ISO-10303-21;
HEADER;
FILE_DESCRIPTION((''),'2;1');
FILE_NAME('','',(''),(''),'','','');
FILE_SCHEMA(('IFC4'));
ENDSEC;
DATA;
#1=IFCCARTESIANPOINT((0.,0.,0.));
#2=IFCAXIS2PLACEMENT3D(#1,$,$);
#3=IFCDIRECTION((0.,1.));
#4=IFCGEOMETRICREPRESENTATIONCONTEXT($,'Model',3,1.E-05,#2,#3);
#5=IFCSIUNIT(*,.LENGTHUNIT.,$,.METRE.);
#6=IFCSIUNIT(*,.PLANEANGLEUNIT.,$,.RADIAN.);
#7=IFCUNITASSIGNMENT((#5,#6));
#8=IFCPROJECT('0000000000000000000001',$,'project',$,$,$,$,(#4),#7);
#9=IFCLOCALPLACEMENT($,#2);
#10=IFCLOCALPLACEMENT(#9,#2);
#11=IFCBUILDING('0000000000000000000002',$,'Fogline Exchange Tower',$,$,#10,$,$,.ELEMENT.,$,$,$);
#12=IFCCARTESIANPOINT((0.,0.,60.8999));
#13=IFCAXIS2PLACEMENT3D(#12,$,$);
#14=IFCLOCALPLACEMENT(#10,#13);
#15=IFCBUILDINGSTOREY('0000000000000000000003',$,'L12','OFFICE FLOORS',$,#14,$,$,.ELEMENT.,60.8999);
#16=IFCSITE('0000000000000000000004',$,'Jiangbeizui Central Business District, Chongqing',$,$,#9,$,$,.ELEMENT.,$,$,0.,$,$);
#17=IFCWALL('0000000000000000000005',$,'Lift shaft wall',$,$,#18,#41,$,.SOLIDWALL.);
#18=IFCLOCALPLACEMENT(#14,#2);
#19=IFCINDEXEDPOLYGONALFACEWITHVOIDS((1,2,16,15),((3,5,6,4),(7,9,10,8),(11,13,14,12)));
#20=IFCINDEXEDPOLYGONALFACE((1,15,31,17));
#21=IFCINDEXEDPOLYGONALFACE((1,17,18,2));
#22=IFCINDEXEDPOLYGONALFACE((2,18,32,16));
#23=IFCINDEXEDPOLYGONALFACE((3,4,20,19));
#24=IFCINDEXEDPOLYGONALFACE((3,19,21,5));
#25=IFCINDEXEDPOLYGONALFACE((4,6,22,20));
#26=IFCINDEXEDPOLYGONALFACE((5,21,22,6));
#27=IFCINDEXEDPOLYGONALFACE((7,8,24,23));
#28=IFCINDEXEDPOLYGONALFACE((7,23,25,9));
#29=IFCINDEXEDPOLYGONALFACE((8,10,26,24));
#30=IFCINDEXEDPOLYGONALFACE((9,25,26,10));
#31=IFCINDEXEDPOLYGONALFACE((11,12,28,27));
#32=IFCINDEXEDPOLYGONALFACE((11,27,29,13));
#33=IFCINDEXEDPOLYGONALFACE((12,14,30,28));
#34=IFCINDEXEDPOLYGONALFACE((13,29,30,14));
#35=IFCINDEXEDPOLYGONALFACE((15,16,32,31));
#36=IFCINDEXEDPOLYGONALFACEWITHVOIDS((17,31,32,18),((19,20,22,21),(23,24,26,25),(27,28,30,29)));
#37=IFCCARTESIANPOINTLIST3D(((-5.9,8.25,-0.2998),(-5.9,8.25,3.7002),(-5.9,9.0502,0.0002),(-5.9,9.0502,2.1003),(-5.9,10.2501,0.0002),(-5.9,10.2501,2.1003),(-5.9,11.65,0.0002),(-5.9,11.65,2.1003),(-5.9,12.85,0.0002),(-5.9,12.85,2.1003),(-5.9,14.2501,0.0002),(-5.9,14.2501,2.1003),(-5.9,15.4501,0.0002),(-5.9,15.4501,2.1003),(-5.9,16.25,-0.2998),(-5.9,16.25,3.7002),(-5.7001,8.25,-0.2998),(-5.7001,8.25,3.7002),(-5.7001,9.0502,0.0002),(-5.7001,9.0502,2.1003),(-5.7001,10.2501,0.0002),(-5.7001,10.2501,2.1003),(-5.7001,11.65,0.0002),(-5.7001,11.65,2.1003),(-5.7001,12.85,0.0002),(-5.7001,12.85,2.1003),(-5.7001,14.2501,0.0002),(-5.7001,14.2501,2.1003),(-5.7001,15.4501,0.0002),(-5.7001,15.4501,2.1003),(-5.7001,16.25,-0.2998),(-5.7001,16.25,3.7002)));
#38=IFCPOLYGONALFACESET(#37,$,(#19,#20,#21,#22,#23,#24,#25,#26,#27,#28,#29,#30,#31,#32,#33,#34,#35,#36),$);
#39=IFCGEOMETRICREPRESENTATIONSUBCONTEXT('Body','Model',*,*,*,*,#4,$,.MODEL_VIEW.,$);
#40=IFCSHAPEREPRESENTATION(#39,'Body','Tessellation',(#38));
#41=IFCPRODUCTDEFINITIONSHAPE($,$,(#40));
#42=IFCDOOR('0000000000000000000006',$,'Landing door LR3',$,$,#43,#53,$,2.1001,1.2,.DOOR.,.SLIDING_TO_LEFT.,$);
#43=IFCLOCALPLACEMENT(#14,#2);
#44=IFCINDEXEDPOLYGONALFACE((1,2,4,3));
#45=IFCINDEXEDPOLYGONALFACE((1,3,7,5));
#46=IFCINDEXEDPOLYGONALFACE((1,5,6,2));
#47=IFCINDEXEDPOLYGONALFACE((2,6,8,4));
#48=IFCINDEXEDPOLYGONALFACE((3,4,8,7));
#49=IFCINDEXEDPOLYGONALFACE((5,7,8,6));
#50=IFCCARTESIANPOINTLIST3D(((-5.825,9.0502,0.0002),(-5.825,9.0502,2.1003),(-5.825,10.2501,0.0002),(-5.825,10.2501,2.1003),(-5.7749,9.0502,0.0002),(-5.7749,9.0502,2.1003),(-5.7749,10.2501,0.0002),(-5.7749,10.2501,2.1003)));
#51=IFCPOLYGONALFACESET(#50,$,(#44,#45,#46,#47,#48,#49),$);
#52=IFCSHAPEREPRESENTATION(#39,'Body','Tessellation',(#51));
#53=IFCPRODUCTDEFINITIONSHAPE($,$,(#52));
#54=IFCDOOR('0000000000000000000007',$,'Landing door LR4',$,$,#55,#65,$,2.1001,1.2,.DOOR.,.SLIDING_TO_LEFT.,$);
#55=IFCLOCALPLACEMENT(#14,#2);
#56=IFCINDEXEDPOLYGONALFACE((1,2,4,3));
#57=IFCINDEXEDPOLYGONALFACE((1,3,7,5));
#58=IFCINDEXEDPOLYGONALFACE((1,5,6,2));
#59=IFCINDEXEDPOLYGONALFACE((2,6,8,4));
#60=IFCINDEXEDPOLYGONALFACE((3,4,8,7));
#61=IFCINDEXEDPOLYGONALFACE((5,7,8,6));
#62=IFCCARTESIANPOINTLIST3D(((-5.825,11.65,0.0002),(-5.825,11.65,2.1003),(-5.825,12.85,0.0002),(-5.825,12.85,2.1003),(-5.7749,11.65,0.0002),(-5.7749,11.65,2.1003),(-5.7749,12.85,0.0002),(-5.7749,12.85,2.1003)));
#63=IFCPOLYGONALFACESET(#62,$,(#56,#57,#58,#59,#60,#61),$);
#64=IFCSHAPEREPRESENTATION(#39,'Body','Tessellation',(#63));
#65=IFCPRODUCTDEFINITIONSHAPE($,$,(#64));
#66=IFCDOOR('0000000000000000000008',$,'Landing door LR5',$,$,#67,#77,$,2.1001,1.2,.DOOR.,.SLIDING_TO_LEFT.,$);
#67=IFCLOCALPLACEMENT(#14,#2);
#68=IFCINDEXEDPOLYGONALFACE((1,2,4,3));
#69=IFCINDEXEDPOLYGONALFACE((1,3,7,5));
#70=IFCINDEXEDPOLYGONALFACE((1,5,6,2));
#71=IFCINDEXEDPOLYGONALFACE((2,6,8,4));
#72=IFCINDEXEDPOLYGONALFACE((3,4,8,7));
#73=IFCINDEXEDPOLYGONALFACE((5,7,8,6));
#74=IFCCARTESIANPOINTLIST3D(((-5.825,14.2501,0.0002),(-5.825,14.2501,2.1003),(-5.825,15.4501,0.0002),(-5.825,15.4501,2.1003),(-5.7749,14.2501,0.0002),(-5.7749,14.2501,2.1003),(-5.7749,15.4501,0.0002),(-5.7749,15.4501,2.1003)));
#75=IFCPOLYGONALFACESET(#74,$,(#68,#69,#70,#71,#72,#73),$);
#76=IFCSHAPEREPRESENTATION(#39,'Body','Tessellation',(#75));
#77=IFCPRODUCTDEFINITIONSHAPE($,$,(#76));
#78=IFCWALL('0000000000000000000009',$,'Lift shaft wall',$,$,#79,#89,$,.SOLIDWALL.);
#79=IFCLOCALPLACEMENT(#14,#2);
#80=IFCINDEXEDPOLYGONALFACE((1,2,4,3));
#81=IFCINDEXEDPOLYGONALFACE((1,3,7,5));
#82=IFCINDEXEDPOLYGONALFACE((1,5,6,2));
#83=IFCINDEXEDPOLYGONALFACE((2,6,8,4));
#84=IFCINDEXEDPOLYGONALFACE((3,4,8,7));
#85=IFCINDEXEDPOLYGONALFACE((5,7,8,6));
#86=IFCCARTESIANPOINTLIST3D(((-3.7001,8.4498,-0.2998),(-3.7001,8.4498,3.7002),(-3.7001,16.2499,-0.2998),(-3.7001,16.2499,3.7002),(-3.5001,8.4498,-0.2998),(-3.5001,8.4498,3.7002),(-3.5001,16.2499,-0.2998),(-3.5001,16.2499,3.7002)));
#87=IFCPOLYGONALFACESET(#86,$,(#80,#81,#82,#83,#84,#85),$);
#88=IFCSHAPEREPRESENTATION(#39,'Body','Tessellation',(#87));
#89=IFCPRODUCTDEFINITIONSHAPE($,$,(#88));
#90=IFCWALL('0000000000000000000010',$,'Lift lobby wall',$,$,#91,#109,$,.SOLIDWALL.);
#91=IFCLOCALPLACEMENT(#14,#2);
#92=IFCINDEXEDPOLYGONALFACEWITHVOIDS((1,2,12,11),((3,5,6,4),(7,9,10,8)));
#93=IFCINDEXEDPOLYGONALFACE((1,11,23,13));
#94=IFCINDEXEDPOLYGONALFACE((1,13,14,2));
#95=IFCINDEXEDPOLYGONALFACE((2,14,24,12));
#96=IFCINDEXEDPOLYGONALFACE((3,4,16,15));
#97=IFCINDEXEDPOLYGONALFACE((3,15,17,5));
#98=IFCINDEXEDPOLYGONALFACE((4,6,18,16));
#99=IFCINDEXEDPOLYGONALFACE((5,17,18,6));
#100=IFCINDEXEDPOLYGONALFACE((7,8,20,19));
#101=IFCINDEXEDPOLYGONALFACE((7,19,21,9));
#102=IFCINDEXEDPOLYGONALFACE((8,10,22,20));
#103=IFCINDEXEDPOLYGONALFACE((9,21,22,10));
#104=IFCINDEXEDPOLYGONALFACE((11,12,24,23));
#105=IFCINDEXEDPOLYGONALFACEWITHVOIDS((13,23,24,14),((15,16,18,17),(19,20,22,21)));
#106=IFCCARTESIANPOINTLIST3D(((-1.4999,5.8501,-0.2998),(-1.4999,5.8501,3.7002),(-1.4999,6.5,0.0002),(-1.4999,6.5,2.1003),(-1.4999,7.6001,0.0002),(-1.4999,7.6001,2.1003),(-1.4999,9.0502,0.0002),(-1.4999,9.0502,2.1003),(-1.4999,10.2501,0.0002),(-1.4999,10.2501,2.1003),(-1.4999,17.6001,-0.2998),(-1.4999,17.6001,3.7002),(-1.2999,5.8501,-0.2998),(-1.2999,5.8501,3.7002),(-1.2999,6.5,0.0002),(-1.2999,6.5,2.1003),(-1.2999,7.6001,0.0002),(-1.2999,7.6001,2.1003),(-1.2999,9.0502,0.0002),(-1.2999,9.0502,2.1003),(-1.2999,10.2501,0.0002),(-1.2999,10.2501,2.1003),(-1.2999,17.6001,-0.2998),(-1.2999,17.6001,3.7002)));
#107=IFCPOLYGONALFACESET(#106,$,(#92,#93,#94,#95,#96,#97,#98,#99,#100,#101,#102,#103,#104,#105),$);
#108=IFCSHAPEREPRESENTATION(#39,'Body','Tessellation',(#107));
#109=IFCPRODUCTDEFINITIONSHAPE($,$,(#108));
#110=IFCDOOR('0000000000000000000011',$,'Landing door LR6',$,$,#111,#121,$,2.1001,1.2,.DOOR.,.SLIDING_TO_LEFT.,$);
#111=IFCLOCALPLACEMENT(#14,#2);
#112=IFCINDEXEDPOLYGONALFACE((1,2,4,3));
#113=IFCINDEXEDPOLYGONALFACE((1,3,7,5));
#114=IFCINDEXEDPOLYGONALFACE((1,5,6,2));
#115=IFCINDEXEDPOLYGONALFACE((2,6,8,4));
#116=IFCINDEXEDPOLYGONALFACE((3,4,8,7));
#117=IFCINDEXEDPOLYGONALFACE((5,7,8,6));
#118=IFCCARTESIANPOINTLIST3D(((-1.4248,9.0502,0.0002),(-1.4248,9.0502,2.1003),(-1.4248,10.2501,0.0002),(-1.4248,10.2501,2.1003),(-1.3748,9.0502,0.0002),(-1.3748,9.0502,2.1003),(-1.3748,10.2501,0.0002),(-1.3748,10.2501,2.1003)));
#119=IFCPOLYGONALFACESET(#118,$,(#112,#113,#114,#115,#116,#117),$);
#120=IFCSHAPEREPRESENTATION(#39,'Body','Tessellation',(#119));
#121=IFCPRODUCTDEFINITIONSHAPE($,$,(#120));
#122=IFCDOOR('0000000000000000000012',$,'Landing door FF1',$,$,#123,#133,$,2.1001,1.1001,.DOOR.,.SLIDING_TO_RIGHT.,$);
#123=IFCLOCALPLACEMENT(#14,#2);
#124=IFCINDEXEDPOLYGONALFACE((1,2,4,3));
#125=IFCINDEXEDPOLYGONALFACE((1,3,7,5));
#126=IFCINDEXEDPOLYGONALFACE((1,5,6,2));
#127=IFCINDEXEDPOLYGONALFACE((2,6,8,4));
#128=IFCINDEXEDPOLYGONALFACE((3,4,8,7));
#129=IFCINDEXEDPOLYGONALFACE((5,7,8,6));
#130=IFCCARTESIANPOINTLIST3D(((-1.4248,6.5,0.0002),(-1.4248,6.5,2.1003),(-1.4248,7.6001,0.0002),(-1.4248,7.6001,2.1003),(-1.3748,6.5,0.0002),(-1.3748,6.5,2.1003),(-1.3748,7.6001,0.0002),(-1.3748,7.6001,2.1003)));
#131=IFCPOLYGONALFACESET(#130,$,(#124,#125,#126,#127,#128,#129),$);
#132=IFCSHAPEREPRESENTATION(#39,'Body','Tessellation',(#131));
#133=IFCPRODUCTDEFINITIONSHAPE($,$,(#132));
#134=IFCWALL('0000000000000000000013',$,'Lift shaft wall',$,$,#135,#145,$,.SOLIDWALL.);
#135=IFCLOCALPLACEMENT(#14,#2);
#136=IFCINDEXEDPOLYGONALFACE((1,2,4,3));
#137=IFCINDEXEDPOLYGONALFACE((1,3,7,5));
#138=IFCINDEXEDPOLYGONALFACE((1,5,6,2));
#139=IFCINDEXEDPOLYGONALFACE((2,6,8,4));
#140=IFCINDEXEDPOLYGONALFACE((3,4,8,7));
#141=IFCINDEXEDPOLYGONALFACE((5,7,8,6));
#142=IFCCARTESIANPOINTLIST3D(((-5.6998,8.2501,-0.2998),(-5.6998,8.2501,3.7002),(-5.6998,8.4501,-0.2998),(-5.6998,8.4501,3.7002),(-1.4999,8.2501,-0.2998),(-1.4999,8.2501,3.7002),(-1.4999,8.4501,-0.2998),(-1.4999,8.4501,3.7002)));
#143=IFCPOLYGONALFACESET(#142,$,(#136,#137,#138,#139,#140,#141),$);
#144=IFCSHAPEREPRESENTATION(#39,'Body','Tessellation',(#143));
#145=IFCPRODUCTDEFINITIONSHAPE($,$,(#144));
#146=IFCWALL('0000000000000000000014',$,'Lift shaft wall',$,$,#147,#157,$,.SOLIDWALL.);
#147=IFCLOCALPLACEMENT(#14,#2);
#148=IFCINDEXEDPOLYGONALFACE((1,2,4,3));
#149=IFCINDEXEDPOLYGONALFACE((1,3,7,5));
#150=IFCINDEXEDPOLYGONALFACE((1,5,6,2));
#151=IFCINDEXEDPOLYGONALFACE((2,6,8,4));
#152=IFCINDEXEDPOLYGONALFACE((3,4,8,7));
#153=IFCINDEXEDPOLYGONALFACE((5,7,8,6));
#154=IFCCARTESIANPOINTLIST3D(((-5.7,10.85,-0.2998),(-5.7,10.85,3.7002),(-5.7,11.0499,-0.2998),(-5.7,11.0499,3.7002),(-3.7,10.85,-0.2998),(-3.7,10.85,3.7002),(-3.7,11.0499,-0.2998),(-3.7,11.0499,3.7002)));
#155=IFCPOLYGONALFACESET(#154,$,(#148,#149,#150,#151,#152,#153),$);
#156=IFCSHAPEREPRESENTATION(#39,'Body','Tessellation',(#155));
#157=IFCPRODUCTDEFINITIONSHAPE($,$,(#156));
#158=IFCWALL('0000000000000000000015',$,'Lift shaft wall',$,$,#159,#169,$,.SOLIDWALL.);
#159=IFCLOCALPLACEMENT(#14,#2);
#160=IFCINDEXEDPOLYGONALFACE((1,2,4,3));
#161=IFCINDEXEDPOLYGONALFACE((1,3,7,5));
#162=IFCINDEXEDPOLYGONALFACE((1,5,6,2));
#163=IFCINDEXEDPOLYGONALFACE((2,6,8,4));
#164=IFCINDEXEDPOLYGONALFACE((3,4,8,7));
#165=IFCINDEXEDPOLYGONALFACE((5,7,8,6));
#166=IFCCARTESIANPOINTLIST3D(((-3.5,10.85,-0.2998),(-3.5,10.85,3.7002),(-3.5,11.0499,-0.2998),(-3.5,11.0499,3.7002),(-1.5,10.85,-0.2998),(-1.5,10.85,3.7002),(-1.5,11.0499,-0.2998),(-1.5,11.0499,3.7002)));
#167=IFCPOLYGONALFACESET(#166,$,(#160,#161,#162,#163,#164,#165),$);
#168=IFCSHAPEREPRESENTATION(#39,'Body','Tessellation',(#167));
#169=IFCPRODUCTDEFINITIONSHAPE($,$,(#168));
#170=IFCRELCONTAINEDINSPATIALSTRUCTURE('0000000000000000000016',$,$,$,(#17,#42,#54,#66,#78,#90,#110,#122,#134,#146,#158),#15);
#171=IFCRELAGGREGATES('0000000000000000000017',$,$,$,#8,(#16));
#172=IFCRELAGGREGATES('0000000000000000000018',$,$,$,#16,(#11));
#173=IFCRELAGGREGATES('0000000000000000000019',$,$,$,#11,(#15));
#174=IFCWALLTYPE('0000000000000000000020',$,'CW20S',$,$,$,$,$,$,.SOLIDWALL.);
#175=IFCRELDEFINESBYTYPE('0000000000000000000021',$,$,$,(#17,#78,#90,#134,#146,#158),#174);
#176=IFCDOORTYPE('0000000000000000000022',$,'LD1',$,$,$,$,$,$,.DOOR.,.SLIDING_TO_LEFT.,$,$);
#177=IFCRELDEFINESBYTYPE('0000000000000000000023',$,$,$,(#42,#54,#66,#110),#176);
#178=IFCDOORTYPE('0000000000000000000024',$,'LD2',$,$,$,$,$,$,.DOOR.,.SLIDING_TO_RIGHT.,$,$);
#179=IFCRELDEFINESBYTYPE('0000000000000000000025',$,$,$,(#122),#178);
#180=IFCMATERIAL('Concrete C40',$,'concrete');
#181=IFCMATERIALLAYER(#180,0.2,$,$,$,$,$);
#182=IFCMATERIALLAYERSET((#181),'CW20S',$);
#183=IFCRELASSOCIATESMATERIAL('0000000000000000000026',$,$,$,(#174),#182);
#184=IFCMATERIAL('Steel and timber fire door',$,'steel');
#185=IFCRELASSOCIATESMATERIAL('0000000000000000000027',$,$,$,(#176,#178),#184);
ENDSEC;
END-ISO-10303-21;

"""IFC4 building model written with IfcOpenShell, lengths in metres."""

from ifc_helpers import new_model, si_unit, direction, frame, frame_2d, origin, place, context, subcontext, project, spatial, rectangle, extrude, material, layer, layer_set, type_object, element, fill, save


model = new_model("IFC4")

# Units and contexts
model_context = context("Model", 3, precision=1e-05, world=origin(), true_north=direction((0.0, 1.0)))
body_context = subcontext(model_context, "Body", "Model", "MODEL_VIEW")
ifc_project = project(units=[si_unit("LENGTHUNIT", "METRE"), si_unit("PLANEANGLEUNIT", "RADIAN")], contexts=[model_context])

# Site, building, storey
site_placement = place(None, origin())
site = spatial("IfcSite", under=ifc_project, at=site_placement, Name="Jiangbeizui Central Business District, Chongqing", CompositionType="ELEMENT", RefElevation=0.0)
building_placement = place(site_placement, origin())
building = spatial("IfcBuilding", under=site, at=building_placement, Name="Fogline Exchange Tower", CompositionType="ELEMENT")
storey_placement = place(building_placement, frame((0.0, 0.0, 60.8999)))
storey = spatial("IfcBuildingStorey", under=building, at=storey_placement, Name="L12", Description="OFFICE FLOORS", CompositionType="ELEMENT", Elevation=60.8999)

# Shared definitions
ifc_material_1 = material(Name="Steel and timber fire door", Category="steel")

# Shared definitions
ifc_material_2 = material(Name="Concrete C40", Category="concrete")

# Wall, openings, doors
ifc_layer_1 = layer(ifc_material_2, 0.2)
ifc_layer_set_1 = layer_set([ifc_layer_1], Name="CW20S")
wall_type_1 = type_object("IfcWallType", Name="CW20S", PredefinedType="SOLIDWALL", material=ifc_layer_set_1)
door_type_1 = type_object("IfcDoorType", Name="LD1", OperationType="SLIDING_TO_LEFT", PredefinedType="DOOR", material=ifc_material_1)
wall_1_placement = place(storey_placement, frame((-5.8, 8.25, -0.2998), z_axis=(0.0, 0.0, 1.0), x_axis=(0.0, 1.0, 0.0)))
wall_1 = element("IfcWall", 1, at=wall_1_placement, inside=storey, type_object=wall_type_1, Name="Lift shaft wall", PredefinedType="SOLIDWALL", context=body_context, shape_type="SweptSolid", body=[
    extrude(rectangle(XDim=8.0, YDim=0.2, at=frame_2d((4.0, 0.0))), origin(), (0.0, 0.0, 1.0), 4.0),
])
opening_1_placement = place(wall_1_placement, frame((0.8, 0.0, 0.3)))
opening_1 = element("IfcOpeningElement", 2, at=opening_1_placement, cuts=wall_1, PredefinedType="OPENING", context=body_context, shape_type="SweptSolid", body=[
    extrude(rectangle(XDim=1.2, YDim=2.1001, at=frame_2d((0.6001, 1.05))), frame((0.0, 0.1099, 0.0), z_axis=(0.0, -1.0, 0.0), x_axis=(1.0, 0.0, 0.0)), (0.0, 0.0, 1.0), 0.22),
])
opening_2_placement = place(wall_1_placement, frame((3.3999, 0.0, 0.3)))
opening_2 = element("IfcOpeningElement", 3, at=opening_2_placement, cuts=wall_1, PredefinedType="OPENING", context=body_context, shape_type="SweptSolid", body=[
    extrude(rectangle(XDim=1.2, YDim=2.1001, at=frame_2d((0.6001, 1.05))), frame((0.0, 0.1099, 0.0), z_axis=(0.0, -1.0, 0.0), x_axis=(1.0, 0.0, 0.0)), (0.0, 0.0, 1.0), 0.22),
])
opening_3_placement = place(wall_1_placement, frame((6.0, 0.0, 0.3)))
opening_3 = element("IfcOpeningElement", 4, at=opening_3_placement, cuts=wall_1, PredefinedType="OPENING", context=body_context, shape_type="SweptSolid", body=[
    extrude(rectangle(XDim=1.2, YDim=2.1001, at=frame_2d((0.6001, 1.05))), frame((0.0, 0.1099, 0.0), z_axis=(0.0, -1.0, 0.0), x_axis=(1.0, 0.0, 0.0)), (0.0, 0.0, 1.0), 0.22),
])
door_1_placement = place(opening_1_placement, origin())
door_1 = element("IfcDoor", 5, at=door_1_placement, inside=storey, type_object=door_type_1, Name="Landing door LR3", OperationType="SLIDING_TO_LEFT", OverallHeight=2.1001, OverallWidth=1.2, PredefinedType="DOOR", context=body_context, shape_type="SweptSolid", body=[
    extrude(rectangle(XDim=1.2, YDim=2.1001, at=frame_2d((0.6001, 1.05))), frame((0.0, 0.0249, 0.0), z_axis=(0.0, -1.0, 0.0), x_axis=(1.0, 0.0, 0.0)), (0.0, 0.0, 1.0), 0.05),
])
fill(opening_1, door_1)
door_2_placement = place(opening_2_placement, origin())
door_2 = element("IfcDoor", 6, at=door_2_placement, inside=storey, type_object=door_type_1, Name="Landing door LR4", OperationType="SLIDING_TO_LEFT", OverallHeight=2.1001, OverallWidth=1.2, PredefinedType="DOOR", context=body_context, shape_type="SweptSolid", body=[
    extrude(rectangle(XDim=1.2, YDim=2.1001, at=frame_2d((0.6001, 1.05))), frame((0.0, 0.0249, 0.0), z_axis=(0.0, -1.0, 0.0), x_axis=(1.0, 0.0, 0.0)), (0.0, 0.0, 1.0), 0.05),
])
fill(opening_2, door_2)
door_3_placement = place(opening_3_placement, origin())
door_3 = element("IfcDoor", 7, at=door_3_placement, inside=storey, type_object=door_type_1, Name="Landing door LR5", OperationType="SLIDING_TO_LEFT", OverallHeight=2.1001, OverallWidth=1.2, PredefinedType="DOOR", context=body_context, shape_type="SweptSolid", body=[
    extrude(rectangle(XDim=1.2, YDim=2.1001, at=frame_2d((0.6001, 1.05))), frame((0.0, 0.0249, 0.0), z_axis=(0.0, -1.0, 0.0), x_axis=(1.0, 0.0, 0.0)), (0.0, 0.0, 1.0), 0.05),
])
fill(opening_3, door_3)

# Wall
wall_2_placement = place(storey_placement, frame((-3.6001, 8.45, -0.2998), z_axis=(0.0, 0.0, 1.0), x_axis=(0.0, 1.0, 0.0)))
element("IfcWall", 8, at=wall_2_placement, inside=storey, type_object=wall_type_1, Name="Lift shaft wall", PredefinedType="SOLIDWALL", context=body_context, shape_type="SweptSolid", body=[
    extrude(rectangle(XDim=7.8, YDim=0.2, at=frame_2d((3.8999, 0.0))), origin(), (0.0, 0.0, 1.0), 4.0),
])

# Wall, openings, doors
wall_3_placement = place(storey_placement, frame((-1.3999, 5.8501, -0.2998), z_axis=(0.0, 0.0, 1.0), x_axis=(0.0, 1.0, 0.0)))
wall_3 = element("IfcWall", 9, at=wall_3_placement, inside=storey, type_object=wall_type_1, Name="Lift lobby wall", PredefinedType="SOLIDWALL", context=body_context, shape_type="SweptSolid", body=[
    extrude(rectangle(XDim=11.75, YDim=0.2, at=frame_2d((5.875, 0.0))), origin(), (0.0, 0.0, 1.0), 4.0),
])
opening_4_placement = place(wall_3_placement, frame((3.2, 0.0, 0.3)))
opening_4 = element("IfcOpeningElement", 10, at=opening_4_placement, cuts=wall_3, PredefinedType="OPENING", context=body_context, shape_type="SweptSolid", body=[
    extrude(rectangle(XDim=1.2, YDim=2.1001, at=frame_2d((0.6001, 1.05))), frame((0.0, 0.1099, 0.0), z_axis=(0.0, -1.0, 0.0), x_axis=(1.0, 0.0, 0.0)), (0.0, 0.0, 1.0), 0.22),
])
opening_5_placement = place(wall_3_placement, frame((0.6499, 0.0, 0.3)))
opening_5 = element("IfcOpeningElement", 11, at=opening_5_placement, cuts=wall_3, PredefinedType="OPENING", context=body_context, shape_type="SweptSolid", body=[
    extrude(rectangle(XDim=1.1001, YDim=2.1001, at=frame_2d((0.55, 1.05))), frame((0.0, 0.1099, 0.0), z_axis=(0.0, -1.0, 0.0), x_axis=(1.0, 0.0, 0.0)), (0.0, 0.0, 1.0), 0.22),
])
door_4_placement = place(opening_4_placement, origin())
door_4 = element("IfcDoor", 12, at=door_4_placement, inside=storey, type_object=door_type_1, Name="Landing door LR6", OperationType="SLIDING_TO_LEFT", OverallHeight=2.1001, OverallWidth=1.2, PredefinedType="DOOR", context=body_context, shape_type="SweptSolid", body=[
    extrude(rectangle(XDim=1.2, YDim=2.1001, at=frame_2d((0.6001, 1.05))), frame((0.0, 0.0249, 0.0), z_axis=(0.0, -1.0, 0.0), x_axis=(1.0, 0.0, 0.0)), (0.0, 0.0, 1.0), 0.05),
])
fill(opening_4, door_4)
door_type_2 = type_object("IfcDoorType", Name="LD2", OperationType="SLIDING_TO_RIGHT", PredefinedType="DOOR", material=ifc_material_1)
door_5_placement = place(opening_5_placement, origin())
door_5 = element("IfcDoor", 13, at=door_5_placement, inside=storey, type_object=door_type_2, Name="Landing door FF1", OperationType="SLIDING_TO_RIGHT", OverallHeight=2.1001, OverallWidth=1.1001, PredefinedType="DOOR", context=body_context, shape_type="SweptSolid", body=[
    extrude(rectangle(XDim=1.1001, YDim=2.1001, at=frame_2d((0.55, 1.05))), frame((0.0, 0.0249, 0.0), z_axis=(0.0, -1.0, 0.0), x_axis=(1.0, 0.0, 0.0)), (0.0, 0.0, 1.0), 0.05),
])
fill(opening_5, door_5)

# Walls
wall_4_placement = place(storey_placement, frame((-5.7, 8.3501, -0.2998), z_axis=(0.0, 0.0, 1.0), x_axis=(1.0, 0.0, 0.0)))
element("IfcWall", 14, at=wall_4_placement, inside=storey, type_object=wall_type_1, Name="Lift shaft wall", PredefinedType="SOLIDWALL", context=body_context, shape_type="SweptSolid", body=[
    extrude(rectangle(XDim=4.2, YDim=0.2, at=frame_2d((2.1001, 0.0))), origin(), (0.0, 0.0, 1.0), 4.0),
])
for number, where, z_axis, x_axis, name in (
    (15, (-5.7, 10.95, -0.2998), (0.0, 0.0, 1.0), (1.0, 0.0, 0.0), "Lift shaft wall"),
    (16, (-3.5, 10.95, -0.2998), (0.0, 0.0, 1.0), (1.0, 0.0, 0.0), "Lift shaft wall"),
):
    element("IfcWall", number, at=place(storey_placement, frame(where, z_axis=z_axis, x_axis=x_axis)), inside=storey, type_object=wall_type_1, Name=name, PredefinedType="SOLIDWALL", context=body_context, shape_type="SweptSolid", body=[
        extrude(rectangle(XDim=2.0, YDim=0.2, at=frame_2d((1.0, 0.0))), origin(), (0.0, 0.0, 1.0), 4.0),
    ])

save(model, "model.ifc")
